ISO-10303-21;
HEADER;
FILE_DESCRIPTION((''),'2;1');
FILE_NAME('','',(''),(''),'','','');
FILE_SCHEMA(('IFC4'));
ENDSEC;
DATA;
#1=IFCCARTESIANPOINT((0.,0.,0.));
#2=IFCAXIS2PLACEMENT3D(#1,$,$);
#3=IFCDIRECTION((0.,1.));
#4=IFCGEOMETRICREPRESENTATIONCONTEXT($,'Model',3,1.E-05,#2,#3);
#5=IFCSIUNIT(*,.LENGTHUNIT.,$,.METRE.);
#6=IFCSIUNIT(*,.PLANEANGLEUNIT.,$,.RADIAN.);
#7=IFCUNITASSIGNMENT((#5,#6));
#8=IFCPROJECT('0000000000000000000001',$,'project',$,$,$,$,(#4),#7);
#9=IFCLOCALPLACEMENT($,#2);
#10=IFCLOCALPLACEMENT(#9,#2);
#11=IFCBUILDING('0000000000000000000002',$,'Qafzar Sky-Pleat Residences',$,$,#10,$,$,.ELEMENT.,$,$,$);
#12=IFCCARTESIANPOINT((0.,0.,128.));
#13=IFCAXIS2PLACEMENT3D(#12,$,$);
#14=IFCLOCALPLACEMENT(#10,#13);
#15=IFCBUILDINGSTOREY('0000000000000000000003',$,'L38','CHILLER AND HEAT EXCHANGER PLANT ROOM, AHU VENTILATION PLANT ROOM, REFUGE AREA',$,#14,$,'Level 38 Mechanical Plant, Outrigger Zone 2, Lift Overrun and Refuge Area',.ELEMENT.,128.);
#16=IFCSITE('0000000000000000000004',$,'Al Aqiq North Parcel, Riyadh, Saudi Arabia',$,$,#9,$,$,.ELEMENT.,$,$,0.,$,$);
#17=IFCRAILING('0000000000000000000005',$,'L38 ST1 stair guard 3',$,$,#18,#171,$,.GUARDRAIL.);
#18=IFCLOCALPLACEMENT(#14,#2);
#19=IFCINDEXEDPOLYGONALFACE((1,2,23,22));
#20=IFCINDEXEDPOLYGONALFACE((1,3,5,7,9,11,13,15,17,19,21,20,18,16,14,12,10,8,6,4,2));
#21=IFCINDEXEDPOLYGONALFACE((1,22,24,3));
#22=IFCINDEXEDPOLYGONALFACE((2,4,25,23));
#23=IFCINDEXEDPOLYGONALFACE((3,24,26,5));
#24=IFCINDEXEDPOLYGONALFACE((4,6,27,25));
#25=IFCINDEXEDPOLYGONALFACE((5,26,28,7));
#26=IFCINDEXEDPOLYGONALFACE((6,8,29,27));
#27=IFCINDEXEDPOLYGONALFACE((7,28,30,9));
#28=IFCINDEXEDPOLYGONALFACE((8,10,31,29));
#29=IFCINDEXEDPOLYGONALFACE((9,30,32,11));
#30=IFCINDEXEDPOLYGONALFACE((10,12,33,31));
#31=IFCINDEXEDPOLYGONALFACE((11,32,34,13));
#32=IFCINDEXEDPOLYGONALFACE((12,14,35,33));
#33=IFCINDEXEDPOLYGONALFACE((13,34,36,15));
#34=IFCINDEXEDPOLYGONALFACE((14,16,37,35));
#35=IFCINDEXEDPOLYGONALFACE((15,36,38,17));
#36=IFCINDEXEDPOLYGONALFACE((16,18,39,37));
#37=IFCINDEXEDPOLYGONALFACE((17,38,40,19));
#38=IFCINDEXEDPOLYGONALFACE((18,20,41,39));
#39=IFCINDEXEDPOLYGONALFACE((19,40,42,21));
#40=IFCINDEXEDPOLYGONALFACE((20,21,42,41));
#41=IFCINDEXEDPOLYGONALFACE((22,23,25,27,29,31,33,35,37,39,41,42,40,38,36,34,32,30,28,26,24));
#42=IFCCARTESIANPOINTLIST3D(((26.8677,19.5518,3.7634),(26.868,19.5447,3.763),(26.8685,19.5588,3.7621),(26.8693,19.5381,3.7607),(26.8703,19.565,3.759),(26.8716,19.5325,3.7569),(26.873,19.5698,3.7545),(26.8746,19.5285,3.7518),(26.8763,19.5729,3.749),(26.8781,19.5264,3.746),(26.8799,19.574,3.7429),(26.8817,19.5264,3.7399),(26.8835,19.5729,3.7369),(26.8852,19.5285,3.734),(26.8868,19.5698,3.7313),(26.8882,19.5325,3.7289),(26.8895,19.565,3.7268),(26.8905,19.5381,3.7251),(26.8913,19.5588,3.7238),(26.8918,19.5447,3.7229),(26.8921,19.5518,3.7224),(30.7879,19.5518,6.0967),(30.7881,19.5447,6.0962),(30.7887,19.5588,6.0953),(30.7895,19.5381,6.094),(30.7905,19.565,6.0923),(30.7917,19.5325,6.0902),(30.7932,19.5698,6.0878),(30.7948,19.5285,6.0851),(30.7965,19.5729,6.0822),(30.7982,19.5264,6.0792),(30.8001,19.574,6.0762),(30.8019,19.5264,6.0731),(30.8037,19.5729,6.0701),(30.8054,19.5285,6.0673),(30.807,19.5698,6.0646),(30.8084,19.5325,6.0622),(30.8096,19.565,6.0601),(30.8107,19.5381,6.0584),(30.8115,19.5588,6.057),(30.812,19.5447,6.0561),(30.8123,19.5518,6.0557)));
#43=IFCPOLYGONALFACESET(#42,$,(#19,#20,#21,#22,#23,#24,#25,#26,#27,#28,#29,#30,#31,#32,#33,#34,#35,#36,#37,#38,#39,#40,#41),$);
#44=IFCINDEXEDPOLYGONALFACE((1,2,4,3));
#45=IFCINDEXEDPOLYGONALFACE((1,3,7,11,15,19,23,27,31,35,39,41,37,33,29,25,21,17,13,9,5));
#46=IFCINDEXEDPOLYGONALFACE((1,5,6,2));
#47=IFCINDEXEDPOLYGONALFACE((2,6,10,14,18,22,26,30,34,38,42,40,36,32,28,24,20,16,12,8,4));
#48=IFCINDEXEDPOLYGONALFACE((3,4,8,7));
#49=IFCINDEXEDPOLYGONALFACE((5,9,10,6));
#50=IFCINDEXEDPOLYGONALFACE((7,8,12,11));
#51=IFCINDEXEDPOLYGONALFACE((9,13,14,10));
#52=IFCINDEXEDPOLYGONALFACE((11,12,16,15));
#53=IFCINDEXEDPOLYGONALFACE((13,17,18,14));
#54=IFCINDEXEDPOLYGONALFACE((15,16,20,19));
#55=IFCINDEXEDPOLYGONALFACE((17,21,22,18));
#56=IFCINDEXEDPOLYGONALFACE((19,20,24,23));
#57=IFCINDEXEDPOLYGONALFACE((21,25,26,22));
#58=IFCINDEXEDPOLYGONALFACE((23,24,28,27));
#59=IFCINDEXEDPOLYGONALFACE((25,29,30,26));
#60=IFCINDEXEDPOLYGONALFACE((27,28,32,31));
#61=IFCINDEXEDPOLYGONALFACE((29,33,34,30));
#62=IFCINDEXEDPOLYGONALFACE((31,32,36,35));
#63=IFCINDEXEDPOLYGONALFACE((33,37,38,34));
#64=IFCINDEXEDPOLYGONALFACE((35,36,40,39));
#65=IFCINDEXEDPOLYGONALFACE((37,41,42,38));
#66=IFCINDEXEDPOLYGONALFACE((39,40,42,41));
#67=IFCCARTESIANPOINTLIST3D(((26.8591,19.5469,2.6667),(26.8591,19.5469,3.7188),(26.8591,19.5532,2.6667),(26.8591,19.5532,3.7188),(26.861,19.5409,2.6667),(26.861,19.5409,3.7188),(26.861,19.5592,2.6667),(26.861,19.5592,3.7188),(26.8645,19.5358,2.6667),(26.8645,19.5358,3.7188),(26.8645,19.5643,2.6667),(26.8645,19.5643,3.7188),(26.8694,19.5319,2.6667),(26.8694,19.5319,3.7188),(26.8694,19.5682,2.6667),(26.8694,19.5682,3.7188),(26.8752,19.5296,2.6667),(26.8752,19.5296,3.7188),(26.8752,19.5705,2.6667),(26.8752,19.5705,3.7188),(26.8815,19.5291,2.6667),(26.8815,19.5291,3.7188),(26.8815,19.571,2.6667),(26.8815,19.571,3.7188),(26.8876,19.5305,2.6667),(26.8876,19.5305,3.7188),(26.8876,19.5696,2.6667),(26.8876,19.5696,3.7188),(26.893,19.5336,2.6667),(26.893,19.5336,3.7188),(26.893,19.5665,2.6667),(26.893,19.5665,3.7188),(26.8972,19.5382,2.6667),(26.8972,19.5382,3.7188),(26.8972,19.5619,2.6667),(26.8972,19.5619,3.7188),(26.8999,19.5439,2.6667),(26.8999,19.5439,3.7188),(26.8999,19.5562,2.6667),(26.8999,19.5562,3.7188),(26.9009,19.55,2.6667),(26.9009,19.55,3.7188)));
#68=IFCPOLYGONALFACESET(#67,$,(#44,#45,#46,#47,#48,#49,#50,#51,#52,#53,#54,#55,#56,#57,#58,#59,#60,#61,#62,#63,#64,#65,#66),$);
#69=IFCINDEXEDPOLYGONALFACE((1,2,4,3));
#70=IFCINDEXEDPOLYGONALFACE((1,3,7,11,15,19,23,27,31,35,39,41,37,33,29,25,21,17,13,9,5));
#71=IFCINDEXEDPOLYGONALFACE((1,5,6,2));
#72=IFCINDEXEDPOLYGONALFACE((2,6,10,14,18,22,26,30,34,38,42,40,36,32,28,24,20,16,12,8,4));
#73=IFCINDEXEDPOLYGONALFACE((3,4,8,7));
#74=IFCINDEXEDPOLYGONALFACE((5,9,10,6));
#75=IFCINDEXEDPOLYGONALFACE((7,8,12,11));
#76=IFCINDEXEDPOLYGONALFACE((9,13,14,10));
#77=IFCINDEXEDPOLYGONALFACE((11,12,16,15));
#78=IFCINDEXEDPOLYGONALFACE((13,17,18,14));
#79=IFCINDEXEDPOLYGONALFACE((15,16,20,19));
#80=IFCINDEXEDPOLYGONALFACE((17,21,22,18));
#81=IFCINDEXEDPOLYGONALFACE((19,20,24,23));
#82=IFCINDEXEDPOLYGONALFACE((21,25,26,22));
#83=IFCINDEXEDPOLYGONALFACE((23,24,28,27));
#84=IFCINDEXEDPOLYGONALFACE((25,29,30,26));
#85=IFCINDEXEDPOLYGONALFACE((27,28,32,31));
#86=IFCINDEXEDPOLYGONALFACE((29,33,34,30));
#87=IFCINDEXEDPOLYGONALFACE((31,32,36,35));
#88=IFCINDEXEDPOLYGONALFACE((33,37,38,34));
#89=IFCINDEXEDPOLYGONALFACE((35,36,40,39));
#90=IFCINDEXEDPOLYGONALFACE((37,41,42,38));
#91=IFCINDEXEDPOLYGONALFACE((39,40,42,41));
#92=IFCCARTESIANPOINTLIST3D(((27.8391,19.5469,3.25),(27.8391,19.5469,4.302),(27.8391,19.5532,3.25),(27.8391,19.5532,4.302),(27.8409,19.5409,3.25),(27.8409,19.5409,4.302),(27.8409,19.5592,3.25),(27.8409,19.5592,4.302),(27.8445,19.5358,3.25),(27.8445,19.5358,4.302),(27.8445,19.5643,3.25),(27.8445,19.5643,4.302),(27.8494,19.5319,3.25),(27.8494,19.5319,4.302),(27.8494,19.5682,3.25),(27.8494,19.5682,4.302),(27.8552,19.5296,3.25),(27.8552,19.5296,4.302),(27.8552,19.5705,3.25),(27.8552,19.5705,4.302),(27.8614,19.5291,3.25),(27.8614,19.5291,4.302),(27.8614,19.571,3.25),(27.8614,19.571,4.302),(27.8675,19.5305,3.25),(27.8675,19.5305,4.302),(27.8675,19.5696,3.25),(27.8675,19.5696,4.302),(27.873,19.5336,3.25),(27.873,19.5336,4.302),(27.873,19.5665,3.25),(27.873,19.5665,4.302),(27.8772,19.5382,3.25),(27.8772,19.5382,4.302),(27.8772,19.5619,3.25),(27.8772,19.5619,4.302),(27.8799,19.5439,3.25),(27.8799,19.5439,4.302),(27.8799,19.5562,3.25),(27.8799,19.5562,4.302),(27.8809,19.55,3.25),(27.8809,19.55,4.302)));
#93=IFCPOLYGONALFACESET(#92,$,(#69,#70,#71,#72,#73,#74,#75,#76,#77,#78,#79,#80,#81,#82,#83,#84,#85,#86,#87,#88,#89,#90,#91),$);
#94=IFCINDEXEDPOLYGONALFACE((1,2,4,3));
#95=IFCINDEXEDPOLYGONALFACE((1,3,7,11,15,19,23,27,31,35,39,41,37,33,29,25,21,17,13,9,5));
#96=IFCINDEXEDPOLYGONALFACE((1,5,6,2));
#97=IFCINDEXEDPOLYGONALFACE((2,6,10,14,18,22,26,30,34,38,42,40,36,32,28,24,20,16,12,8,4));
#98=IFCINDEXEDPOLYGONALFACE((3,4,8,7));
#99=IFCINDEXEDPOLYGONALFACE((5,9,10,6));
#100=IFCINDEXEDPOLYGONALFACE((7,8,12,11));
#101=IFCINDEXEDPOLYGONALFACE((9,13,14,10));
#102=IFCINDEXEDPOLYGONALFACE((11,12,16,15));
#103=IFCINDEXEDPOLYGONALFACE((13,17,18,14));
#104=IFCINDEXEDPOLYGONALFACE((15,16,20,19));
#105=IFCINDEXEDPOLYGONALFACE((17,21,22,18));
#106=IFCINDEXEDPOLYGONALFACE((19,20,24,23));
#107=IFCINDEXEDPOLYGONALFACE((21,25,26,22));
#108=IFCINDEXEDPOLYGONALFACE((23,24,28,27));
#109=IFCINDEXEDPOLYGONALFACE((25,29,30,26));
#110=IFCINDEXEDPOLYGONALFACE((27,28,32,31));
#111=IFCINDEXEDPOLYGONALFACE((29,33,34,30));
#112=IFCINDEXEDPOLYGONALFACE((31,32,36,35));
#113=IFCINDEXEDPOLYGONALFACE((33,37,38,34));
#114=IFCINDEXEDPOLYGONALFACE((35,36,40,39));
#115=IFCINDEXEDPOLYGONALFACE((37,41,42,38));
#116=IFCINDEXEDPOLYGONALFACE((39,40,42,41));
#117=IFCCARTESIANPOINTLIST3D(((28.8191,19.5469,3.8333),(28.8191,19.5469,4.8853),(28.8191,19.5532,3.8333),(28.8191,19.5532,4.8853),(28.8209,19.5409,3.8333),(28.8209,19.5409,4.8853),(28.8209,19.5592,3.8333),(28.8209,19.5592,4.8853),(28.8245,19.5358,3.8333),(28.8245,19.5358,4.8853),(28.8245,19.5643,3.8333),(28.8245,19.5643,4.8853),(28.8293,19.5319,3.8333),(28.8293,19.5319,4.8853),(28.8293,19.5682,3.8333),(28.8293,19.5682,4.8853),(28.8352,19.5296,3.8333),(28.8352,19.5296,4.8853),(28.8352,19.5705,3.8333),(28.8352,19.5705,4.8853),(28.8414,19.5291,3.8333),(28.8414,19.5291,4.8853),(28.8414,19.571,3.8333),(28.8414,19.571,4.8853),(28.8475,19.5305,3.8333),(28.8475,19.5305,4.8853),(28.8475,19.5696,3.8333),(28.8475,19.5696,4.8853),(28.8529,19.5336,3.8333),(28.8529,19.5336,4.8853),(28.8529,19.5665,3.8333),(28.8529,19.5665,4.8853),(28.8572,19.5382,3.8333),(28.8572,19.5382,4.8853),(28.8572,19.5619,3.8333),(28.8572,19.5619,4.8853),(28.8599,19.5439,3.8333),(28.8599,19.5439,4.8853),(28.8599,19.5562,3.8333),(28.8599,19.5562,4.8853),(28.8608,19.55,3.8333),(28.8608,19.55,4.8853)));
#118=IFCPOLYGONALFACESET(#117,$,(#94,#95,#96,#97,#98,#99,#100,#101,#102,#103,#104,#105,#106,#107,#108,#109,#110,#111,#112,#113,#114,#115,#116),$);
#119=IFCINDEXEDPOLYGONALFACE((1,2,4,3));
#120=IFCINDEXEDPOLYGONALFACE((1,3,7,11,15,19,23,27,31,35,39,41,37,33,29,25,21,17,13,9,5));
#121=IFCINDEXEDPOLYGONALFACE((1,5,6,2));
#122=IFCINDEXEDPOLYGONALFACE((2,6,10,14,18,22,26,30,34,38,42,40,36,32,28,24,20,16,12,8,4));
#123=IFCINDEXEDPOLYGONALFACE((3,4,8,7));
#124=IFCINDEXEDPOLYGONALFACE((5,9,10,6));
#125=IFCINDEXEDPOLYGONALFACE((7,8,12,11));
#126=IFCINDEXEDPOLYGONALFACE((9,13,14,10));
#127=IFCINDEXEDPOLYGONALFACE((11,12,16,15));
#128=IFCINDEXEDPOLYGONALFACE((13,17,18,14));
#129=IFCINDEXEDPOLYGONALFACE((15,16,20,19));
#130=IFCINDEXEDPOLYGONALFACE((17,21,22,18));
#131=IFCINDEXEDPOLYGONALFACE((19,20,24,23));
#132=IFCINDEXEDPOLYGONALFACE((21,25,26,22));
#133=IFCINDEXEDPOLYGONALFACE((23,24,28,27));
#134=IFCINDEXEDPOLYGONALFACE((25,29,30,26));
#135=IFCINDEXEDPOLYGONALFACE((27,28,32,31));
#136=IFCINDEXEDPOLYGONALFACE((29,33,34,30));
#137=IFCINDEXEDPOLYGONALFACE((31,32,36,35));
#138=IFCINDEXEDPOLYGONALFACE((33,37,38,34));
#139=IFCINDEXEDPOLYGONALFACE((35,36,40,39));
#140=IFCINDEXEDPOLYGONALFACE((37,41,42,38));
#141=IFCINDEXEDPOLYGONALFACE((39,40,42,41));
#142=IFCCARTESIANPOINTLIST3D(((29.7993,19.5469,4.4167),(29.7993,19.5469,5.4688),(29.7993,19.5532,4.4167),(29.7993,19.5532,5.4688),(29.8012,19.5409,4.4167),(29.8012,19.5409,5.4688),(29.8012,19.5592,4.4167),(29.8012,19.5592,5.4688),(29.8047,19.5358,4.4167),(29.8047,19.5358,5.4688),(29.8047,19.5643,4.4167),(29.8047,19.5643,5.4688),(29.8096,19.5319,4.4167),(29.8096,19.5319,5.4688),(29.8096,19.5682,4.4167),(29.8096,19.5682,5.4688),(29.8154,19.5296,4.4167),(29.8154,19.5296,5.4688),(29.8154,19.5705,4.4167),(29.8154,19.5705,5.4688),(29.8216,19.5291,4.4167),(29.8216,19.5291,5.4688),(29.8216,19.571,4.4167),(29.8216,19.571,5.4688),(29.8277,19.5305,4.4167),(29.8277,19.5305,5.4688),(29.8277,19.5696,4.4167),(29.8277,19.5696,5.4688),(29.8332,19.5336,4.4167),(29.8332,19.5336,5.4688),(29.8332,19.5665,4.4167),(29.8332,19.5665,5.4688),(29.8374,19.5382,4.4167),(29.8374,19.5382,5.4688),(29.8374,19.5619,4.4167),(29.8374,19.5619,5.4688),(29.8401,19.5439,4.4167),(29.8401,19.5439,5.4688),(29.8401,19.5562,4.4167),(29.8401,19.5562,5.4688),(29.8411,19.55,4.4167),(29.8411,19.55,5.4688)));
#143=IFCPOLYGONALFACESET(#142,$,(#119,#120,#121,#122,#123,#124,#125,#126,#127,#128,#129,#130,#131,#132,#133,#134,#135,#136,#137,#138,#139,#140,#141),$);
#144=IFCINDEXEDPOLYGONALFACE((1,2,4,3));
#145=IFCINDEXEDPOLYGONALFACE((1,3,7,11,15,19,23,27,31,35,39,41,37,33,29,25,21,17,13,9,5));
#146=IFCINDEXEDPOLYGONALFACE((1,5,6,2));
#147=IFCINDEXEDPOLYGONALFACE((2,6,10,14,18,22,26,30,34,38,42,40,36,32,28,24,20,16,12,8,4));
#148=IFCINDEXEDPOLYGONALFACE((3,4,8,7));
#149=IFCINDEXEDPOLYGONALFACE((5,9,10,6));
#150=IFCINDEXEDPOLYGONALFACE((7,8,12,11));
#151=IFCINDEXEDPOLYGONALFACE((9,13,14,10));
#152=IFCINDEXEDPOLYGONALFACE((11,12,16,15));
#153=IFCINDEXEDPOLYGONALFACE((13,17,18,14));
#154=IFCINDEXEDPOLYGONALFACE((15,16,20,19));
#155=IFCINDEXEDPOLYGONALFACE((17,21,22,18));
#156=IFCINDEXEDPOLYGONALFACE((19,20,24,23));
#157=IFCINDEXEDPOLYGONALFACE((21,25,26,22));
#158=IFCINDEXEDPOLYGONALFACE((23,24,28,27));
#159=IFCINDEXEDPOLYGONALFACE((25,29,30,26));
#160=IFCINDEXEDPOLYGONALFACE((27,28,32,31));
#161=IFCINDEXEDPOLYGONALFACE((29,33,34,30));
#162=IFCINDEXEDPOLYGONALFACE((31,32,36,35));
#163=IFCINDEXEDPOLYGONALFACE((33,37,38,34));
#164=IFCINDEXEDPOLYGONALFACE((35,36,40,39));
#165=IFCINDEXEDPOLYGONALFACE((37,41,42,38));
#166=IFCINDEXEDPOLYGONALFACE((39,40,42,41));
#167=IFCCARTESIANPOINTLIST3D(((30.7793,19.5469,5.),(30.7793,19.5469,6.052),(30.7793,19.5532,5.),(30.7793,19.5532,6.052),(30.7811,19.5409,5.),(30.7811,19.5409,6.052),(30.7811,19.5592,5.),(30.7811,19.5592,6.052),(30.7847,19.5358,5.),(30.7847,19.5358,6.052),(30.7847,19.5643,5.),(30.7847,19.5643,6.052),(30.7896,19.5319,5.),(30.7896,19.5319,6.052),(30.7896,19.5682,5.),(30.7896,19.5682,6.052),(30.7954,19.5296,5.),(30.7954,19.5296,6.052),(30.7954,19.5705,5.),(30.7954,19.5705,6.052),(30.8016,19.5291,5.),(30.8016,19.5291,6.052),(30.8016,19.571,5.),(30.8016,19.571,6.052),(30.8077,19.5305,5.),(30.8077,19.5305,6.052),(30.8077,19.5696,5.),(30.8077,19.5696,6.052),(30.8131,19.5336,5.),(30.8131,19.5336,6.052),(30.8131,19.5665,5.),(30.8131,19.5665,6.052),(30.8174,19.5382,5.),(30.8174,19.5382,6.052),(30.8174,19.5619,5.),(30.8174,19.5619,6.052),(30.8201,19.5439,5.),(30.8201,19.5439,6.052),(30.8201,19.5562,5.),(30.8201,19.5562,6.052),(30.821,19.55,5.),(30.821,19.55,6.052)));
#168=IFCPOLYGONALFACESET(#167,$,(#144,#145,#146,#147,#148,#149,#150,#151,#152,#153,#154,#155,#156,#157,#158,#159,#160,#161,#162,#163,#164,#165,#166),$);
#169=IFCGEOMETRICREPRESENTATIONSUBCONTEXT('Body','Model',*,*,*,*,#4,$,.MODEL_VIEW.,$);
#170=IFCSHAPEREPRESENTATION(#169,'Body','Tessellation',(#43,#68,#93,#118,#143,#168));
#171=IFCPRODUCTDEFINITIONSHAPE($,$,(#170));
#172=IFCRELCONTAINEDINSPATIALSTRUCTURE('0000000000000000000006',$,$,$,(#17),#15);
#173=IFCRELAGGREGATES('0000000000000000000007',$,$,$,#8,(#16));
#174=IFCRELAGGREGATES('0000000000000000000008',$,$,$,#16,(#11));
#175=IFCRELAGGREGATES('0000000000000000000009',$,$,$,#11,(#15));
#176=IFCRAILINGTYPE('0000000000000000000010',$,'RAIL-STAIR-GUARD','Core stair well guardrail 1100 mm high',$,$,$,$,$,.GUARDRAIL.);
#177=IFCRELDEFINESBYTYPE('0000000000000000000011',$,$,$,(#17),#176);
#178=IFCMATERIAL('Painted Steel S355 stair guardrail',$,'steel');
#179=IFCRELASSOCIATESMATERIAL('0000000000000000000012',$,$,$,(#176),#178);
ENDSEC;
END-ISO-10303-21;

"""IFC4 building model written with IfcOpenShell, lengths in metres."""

from ifc_helpers import new_model, si_unit, direction, frame, origin, origin_2d, place, context, subcontext, project, spatial, circle, extrude, source, transform, mapped, material, type_object, element, save


model = new_model("IFC4")

# Units and contexts
model_context = context("Model", 3, precision=1e-05, world=origin(), true_north=direction((0.0, 1.0)))
body_context = subcontext(model_context, "Body", "Model", "MODEL_VIEW")
ifc_project = project(units=[si_unit("LENGTHUNIT", "METRE"), si_unit("PLANEANGLEUNIT", "RADIAN")], contexts=[model_context])

# Site, building, storey
site_placement = place(None, origin())
site = spatial("IfcSite", under=ifc_project, at=site_placement, Name="Al Aqiq North Parcel, Riyadh, Saudi Arabia", CompositionType="ELEMENT", RefElevation=0.0)
building_placement = place(site_placement, origin())
building = spatial("IfcBuilding", under=site, at=building_placement, Name="Qafzar Sky-Pleat Residences", CompositionType="ELEMENT")
storey_placement = place(building_placement, frame((0.0, 0.0, 128.0)))
storey = spatial("IfcBuildingStorey", under=building, at=storey_placement, Name="L38", Description="CHILLER AND HEAT EXCHANGER PLANT ROOM, AHU VENTILATION PLANT ROOM, REFUGE AREA", LongName="Level 38 Mechanical Plant, Outrigger Zone 2, Lift Overrun and Refuge Area", CompositionType="ELEMENT", Elevation=128.0)

# Railing
ifc_material_1 = material(Name="Painted Steel S355 stair guardrail", Category="steel")
railing_type_1 = type_object("IfcRailingType", Name="RAIL-STAIR-GUARD", Description="Core stair well guardrail 1100 mm high", PredefinedType="GUARDRAIL", material=ifc_material_1)
shared_shape_1 = source(origin(), body_context, "Body", "SweptSolid", [
    extrude(circle(Radius=0.0239, at=origin_2d()), frame((0.0, 0.0, 1.0762), z_axis=(0.85931, 0.0, 0.511455), x_axis=(0.0, 1.0, 0.0)), (0.0, 0.0, 1.0), 4.562),
    extrude(circle(Radius=0.021, at=origin_2d()), origin(), (0.0, 0.0, 1.0), 1.052),
    extrude(circle(Radius=0.021, at=origin_2d()), frame((0.98, 0.0, 0.5833)), (0.0, 0.0, 1.0), 1.052),
    extrude(circle(Radius=0.021, at=origin_2d()), frame((1.96, 0.0, 1.1665)), (0.0, 0.0, 1.0), 1.052),
    extrude(circle(Radius=0.021, at=origin_2d()), frame((2.9402, 0.0, 1.75)), (0.0, 0.0, 1.0), 1.052),
    extrude(circle(Radius=0.021, at=origin_2d()), frame((3.9202, 0.0, 2.3333)), (0.0, 0.0, 1.0), 1.052),
])
railing_1_placement = place(storey_placement, frame((26.8799, 19.55, 2.6667)))
element("IfcRailing", 1, at=railing_1_placement, inside=storey, type_object=railing_type_1, Name="L38 ST1 stair guard 3", PredefinedType="GUARDRAIL", context=body_context, shape_type="MappedRepresentation", body=[
    mapped(shared_shape_1, transform((0.0, 0.0, 0.0), x_axis=(1.0, 0.0, 0.0), y_axis=(0.0, 1.0, 0.0), z_axis=(0.0, 0.0, 1.0), scale=1.0)),
])

save(model, "model.ifc")
